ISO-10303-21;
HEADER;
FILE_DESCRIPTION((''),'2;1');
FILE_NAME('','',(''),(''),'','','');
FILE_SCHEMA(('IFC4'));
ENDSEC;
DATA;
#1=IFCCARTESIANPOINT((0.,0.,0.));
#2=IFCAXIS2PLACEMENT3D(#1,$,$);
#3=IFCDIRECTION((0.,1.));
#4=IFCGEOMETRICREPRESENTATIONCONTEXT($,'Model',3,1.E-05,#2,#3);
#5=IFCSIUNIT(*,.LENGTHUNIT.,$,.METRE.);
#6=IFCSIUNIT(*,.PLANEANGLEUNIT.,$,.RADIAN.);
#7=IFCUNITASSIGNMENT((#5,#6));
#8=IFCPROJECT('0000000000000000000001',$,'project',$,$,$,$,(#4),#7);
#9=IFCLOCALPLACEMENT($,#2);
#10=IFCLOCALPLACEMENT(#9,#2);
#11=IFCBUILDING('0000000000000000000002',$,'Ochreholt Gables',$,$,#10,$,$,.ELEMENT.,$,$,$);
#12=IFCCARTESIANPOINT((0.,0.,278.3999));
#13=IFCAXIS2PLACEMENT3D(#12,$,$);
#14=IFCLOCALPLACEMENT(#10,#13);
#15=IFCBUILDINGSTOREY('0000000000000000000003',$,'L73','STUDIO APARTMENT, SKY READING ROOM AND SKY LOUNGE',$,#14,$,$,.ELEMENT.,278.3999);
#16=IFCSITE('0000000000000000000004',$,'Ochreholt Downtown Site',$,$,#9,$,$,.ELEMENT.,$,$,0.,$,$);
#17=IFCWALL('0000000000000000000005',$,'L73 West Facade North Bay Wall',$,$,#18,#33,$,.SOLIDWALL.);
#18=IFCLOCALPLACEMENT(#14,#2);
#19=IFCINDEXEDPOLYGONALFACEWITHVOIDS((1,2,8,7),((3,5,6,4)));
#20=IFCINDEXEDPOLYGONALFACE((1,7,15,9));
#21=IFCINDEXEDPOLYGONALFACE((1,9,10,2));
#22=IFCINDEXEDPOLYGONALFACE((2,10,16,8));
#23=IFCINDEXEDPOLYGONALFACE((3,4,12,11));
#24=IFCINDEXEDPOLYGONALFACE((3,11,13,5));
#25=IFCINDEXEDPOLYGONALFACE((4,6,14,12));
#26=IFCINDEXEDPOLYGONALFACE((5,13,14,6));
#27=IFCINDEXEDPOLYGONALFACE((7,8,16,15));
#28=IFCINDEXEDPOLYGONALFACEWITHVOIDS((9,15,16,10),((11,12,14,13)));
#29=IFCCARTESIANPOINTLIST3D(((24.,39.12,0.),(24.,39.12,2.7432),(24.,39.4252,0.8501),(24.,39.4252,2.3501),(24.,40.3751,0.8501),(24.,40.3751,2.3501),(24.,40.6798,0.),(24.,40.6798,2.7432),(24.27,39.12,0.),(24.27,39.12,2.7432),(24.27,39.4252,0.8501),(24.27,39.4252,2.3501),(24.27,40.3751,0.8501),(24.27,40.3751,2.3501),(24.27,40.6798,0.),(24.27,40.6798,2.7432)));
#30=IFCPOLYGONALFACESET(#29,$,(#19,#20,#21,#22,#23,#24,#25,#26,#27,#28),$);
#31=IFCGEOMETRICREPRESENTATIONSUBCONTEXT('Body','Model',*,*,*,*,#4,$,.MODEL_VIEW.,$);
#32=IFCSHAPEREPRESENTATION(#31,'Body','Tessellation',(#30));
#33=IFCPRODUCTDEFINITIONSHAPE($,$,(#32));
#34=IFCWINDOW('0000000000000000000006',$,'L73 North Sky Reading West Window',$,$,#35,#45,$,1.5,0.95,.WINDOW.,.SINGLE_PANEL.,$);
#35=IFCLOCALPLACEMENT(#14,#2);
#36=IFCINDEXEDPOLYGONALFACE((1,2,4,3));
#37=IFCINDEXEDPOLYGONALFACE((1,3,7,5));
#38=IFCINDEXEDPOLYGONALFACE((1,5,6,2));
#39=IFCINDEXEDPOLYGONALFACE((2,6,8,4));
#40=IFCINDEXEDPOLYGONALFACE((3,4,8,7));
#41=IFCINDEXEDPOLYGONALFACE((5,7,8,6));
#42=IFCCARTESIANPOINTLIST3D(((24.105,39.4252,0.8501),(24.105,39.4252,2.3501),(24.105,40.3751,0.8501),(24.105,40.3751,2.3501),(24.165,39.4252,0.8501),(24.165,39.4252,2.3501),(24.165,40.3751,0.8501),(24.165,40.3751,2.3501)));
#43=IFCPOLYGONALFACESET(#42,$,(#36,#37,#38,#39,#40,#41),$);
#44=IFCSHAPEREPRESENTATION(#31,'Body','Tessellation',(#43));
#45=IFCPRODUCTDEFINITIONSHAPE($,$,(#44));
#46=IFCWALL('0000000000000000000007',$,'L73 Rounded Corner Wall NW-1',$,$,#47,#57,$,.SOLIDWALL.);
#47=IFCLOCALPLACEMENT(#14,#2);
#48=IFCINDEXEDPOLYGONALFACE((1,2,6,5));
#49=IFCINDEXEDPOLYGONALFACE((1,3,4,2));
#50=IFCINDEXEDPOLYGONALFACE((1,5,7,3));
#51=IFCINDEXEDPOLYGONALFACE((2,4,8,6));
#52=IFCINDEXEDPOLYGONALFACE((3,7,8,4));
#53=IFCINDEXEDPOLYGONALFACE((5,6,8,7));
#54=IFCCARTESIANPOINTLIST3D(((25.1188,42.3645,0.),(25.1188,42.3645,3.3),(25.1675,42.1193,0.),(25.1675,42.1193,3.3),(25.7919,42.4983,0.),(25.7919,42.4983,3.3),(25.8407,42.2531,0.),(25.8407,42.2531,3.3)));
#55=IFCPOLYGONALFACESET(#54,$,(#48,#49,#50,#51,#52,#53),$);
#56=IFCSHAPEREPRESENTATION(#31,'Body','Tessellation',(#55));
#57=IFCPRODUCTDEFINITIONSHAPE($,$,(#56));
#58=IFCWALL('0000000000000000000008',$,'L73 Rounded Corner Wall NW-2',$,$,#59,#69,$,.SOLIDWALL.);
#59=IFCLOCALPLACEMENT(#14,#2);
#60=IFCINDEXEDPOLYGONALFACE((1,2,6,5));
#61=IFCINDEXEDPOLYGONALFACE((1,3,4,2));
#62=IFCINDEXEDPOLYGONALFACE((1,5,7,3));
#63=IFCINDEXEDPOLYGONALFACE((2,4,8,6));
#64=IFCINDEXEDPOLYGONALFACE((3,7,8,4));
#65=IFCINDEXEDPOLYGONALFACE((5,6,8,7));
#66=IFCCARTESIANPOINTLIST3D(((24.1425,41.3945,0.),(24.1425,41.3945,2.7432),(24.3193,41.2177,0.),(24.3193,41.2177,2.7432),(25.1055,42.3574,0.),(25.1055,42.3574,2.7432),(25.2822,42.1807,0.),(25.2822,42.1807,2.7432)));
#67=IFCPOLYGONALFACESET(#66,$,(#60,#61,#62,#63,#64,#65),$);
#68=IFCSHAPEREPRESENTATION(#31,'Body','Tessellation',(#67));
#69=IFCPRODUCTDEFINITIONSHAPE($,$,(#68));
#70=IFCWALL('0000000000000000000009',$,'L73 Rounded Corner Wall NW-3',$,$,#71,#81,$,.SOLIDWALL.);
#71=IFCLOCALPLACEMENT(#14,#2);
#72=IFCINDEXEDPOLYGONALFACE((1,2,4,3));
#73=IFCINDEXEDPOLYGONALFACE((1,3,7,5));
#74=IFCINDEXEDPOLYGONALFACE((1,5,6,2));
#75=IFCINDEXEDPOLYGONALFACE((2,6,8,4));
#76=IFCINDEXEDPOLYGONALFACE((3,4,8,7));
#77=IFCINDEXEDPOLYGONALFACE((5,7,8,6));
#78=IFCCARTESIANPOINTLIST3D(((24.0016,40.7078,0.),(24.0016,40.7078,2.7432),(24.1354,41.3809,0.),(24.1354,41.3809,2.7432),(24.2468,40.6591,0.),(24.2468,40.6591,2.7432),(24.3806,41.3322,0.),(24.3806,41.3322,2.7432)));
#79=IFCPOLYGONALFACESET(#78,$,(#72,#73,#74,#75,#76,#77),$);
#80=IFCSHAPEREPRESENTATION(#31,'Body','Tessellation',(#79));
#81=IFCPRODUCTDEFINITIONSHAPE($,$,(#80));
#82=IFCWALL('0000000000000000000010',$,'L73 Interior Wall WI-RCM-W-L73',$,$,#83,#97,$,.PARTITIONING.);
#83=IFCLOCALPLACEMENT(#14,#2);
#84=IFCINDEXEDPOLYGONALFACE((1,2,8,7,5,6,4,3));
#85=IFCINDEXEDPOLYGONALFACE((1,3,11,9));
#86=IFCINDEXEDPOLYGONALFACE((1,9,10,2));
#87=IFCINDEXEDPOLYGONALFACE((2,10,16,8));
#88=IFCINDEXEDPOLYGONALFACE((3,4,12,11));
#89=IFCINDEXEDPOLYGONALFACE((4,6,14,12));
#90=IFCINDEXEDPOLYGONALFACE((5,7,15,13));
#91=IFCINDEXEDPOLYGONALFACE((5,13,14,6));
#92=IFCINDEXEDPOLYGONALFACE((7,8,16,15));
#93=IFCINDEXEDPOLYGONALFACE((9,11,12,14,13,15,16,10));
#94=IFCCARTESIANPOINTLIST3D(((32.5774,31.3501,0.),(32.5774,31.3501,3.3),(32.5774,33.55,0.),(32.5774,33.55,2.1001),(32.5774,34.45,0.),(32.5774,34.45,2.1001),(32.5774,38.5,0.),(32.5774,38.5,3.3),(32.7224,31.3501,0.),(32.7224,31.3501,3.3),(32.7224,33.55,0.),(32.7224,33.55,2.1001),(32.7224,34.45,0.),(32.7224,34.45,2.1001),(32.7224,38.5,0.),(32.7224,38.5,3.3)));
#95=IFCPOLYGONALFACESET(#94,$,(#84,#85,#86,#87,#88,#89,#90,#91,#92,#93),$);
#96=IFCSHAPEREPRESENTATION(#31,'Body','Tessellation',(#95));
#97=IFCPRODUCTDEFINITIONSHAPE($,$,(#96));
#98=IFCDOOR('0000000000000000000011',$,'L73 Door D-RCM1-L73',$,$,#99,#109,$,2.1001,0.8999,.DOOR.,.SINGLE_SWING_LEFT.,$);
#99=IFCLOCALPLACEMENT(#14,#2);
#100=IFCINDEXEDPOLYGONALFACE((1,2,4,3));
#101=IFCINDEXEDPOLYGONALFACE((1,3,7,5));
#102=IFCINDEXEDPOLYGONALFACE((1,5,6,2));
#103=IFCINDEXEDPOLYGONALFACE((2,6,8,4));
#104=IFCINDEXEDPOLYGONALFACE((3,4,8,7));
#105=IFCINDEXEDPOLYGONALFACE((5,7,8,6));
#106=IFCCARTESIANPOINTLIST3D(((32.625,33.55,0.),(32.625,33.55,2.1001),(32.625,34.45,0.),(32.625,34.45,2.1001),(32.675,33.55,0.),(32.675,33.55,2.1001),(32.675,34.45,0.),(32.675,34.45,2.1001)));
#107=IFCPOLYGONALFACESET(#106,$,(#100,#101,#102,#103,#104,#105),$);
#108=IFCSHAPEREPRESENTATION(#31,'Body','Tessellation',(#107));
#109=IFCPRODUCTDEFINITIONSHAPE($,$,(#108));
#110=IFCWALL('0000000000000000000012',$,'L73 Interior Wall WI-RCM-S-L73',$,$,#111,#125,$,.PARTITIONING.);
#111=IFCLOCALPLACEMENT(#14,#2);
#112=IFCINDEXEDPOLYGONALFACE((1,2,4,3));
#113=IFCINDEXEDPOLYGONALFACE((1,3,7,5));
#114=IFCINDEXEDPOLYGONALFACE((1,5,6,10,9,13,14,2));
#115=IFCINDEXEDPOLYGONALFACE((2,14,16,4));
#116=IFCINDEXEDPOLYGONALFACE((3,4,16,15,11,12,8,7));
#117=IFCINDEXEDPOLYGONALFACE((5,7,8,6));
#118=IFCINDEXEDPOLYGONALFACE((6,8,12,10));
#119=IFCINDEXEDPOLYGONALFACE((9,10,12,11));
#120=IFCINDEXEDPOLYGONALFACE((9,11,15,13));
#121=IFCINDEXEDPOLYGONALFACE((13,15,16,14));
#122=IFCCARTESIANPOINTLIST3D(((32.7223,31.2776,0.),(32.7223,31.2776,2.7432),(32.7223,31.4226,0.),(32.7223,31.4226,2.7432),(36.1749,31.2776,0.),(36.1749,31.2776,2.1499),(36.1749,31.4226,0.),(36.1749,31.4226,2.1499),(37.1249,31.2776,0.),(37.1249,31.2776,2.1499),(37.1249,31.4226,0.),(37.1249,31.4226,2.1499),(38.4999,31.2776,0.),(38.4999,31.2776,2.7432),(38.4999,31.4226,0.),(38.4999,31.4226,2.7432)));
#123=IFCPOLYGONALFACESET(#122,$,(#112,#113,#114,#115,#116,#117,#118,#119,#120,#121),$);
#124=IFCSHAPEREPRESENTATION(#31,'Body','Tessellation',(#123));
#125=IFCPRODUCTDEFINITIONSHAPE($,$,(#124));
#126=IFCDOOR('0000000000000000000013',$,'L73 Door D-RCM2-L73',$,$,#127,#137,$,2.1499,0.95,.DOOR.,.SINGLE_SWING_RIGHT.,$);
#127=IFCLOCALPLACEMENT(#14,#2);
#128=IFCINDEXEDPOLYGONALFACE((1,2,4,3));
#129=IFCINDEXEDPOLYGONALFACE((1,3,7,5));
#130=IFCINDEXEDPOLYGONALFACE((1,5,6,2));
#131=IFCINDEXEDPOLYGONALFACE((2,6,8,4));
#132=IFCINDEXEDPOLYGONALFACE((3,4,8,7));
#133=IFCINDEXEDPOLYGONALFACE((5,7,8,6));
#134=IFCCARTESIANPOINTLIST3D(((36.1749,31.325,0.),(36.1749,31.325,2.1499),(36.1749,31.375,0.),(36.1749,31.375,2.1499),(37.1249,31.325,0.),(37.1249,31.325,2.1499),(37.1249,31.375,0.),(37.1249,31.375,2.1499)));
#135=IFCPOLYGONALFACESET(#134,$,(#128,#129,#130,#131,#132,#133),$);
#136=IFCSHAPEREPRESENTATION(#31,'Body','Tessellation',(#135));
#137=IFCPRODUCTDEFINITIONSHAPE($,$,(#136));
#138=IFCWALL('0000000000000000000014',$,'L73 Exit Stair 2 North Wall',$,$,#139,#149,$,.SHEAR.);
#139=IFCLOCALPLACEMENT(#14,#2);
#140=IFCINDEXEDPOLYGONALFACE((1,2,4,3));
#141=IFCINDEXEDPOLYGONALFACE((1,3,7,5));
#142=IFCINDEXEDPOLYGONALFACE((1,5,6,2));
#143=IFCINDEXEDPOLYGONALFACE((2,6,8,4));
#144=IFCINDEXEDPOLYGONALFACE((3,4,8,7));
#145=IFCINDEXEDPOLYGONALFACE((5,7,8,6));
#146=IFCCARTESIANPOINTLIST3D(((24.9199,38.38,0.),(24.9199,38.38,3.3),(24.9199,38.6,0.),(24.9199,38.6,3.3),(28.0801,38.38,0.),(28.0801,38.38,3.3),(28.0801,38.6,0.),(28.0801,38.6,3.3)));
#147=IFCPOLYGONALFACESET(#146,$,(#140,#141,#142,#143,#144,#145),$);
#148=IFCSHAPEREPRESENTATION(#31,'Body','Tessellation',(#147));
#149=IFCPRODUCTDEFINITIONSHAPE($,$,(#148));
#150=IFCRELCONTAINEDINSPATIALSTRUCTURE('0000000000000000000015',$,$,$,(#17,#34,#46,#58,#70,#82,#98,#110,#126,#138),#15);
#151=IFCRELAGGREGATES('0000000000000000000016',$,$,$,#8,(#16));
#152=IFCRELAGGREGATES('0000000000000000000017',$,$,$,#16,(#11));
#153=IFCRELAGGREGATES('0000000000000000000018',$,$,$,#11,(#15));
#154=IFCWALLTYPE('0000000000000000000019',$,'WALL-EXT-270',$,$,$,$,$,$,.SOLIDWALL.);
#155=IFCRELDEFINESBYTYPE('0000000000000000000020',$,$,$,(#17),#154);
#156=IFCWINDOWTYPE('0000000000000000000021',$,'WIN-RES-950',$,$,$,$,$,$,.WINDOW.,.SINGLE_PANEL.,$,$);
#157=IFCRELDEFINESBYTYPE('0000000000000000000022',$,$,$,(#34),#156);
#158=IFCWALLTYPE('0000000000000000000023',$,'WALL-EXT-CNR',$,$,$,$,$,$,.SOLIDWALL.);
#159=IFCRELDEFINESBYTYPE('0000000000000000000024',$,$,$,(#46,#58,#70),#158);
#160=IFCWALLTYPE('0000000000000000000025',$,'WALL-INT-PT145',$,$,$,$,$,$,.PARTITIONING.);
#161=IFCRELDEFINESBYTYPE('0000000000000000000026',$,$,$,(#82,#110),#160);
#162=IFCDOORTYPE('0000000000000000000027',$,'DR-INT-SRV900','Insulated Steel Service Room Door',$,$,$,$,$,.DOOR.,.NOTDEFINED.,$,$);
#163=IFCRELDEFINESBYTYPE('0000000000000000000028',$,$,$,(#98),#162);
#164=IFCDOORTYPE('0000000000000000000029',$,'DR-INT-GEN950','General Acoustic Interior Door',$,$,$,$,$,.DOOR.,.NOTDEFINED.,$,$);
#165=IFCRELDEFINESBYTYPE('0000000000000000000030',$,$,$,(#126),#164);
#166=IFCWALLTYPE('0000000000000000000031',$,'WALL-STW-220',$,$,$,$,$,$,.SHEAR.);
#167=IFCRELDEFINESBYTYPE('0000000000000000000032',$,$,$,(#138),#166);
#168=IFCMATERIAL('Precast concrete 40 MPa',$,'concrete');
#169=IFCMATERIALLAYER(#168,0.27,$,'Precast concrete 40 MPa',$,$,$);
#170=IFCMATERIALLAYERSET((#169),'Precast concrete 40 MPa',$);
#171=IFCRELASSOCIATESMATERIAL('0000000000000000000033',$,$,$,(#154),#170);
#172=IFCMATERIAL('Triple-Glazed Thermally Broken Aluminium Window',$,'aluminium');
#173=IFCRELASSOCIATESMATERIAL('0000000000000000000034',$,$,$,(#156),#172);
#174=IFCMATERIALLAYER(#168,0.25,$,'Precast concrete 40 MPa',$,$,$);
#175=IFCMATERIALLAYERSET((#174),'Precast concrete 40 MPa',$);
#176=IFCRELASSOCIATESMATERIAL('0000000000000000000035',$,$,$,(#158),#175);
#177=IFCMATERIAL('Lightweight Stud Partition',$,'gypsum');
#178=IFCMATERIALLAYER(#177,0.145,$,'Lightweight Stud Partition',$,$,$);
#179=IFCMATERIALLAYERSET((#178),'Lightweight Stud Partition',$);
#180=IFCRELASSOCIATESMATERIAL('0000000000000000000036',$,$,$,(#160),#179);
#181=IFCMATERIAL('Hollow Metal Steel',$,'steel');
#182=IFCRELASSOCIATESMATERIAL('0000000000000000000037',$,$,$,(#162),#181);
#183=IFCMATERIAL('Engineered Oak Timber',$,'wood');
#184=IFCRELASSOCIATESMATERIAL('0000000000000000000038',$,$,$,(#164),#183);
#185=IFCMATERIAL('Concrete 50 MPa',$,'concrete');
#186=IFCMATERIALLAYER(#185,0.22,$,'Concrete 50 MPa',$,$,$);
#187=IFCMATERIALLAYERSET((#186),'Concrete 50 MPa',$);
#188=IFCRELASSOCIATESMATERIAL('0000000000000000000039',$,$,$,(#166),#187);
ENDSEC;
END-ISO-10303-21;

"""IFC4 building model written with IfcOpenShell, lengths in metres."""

from ifc_helpers import new_model, si_unit, direction, frame, frame_2d, origin, place, context, subcontext, project, spatial, rectangle, extrude, material, layer, layer_set, type_object, element, fill, save


model = new_model("IFC4")

# Units and contexts
model_context = context("Model", 3, precision=1e-05, world=origin(), true_north=direction((0.0, 1.0)))
body_context = subcontext(model_context, "Body", "Model", "MODEL_VIEW")
ifc_project = project(units=[si_unit("LENGTHUNIT", "METRE"), si_unit("PLANEANGLEUNIT", "RADIAN")], contexts=[model_context])

# Site, building, storey
site_placement = place(None, origin())
site = spatial("IfcSite", under=ifc_project, at=site_placement, Name="Ochreholt Downtown Site", CompositionType="ELEMENT", RefElevation=0.0)
building_placement = place(site_placement, origin())
building = spatial("IfcBuilding", under=site, at=building_placement, Name="Ochreholt Gables", CompositionType="ELEMENT")
storey_placement = place(building_placement, frame((0.0, 0.0, 278.3999)))
storey = spatial("IfcBuildingStorey", under=building, at=storey_placement, Name="L73", Description="STUDIO APARTMENT, SKY READING ROOM AND SKY LOUNGE", CompositionType="ELEMENT", Elevation=278.3999)

# Shared definitions
ifc_material_1 = material(Name="Concrete 50 MPa", Category="concrete")

# Shared definitions
ifc_material_2 = material(Name="Hollow Metal Steel", Category="steel")

# Wall, opening, window
ifc_material_3 = material(Name="Precast concrete 40 MPa", Category="concrete")
ifc_layer_1 = layer(ifc_material_3, 0.27, Name="Precast concrete 40 MPa")
ifc_layer_set_1 = layer_set([ifc_layer_1], Name="Precast concrete 40 MPa")
wall_type_1 = type_object("IfcWallType", Name="WALL-EXT-270", PredefinedType="SOLIDWALL", material=ifc_layer_set_1)
wall_1_placement = place(storey_placement, frame((24.135, 39.1201, 0.0), z_axis=(0.0, 0.0, 1.0), x_axis=(0.0, 1.0, 0.0)))
wall_1 = element("IfcWall", 1, at=wall_1_placement, inside=storey, type_object=wall_type_1, Name="L73 West Facade North Bay Wall", PredefinedType="SOLIDWALL", context=body_context, shape_type="SweptSolid", body=[
    extrude(rectangle(XDim=1.5598, YDim=0.27, at=frame_2d((0.7798, 0.0))), origin(), (0.0, 0.0, 1.0), 2.7432),
])
opening_1_placement = place(wall_1_placement, frame((0.3049, 0.0, 0.8501)))
opening_1 = element("IfcOpeningElement", 2, at=opening_1_placement, cuts=wall_1, PredefinedType="OPENING", context=body_context, shape_type="SweptSolid", body=[
    extrude(rectangle(XDim=0.95, YDim=1.5, at=frame_2d((0.4751, 0.75))), frame((0.0, 0.145, 0.0), z_axis=(0.0, -1.0, 0.0), x_axis=(1.0, 0.0, 0.0)), (0.0, 0.0, 1.0), 0.29),
])
ifc_material_4 = material(Name="Triple-Glazed Thermally Broken Aluminium Window", Category="aluminium")
window_type = type_object("IfcWindowType", Name="WIN-RES-950", PartitioningType="SINGLE_PANEL", PredefinedType="WINDOW", material=ifc_material_4)
window_placement = place(opening_1_placement, origin())
window = element("IfcWindow", 3, at=window_placement, inside=storey, type_object=window_type, Name="L73 North Sky Reading West Window", OverallHeight=1.5, OverallWidth=0.95, PartitioningType="SINGLE_PANEL", PredefinedType="WINDOW", context=body_context, shape_type="SweptSolid", body=[
    extrude(rectangle(XDim=0.95, YDim=1.5, at=frame_2d((0.4751, 0.75))), frame((0.0, 0.03, 0.0), z_axis=(0.0, -1.0, 0.0), x_axis=(1.0, 0.0, 0.0)), (0.0, 0.0, 1.0), 0.0601),
])
fill(opening_1, window)

# Walls
ifc_layer_2 = layer(ifc_material_3, 0.25, Name="Precast concrete 40 MPa")
ifc_layer_set_2 = layer_set([ifc_layer_2], Name="Precast concrete 40 MPa")
wall_type_2 = type_object("IfcWallType", Name="WALL-EXT-CNR", PredefinedType="SOLIDWALL", material=ifc_layer_set_2)
wall_2_placement = place(storey_placement, frame((25.8164, 42.3757, 0.0), z_axis=(0.0, 0.0, 1.0), x_axis=(-0.980813, -0.194953, 0.0)))
element("IfcWall", 4, at=wall_2_placement, inside=storey, type_object=wall_type_2, Name="L73 Rounded Corner Wall NW-1", PredefinedType="SOLIDWALL", context=body_context, shape_type="SweptSolid", body=[
    extrude(rectangle(XDim=0.6863, YDim=0.25, at=frame_2d((0.3433, 0.0))), origin(), (0.0, 0.0, 1.0), 3.3),
])
wall_3_placement = place(storey_placement, frame((25.1938, 42.269, 0.0), z_axis=(0.0, 0.0, 1.0), x_axis=(-0.707107, -0.707107, 0.0)))
element("IfcWall", 5, at=wall_3_placement, inside=storey, type_object=wall_type_2, Name="L73 Rounded Corner Wall NW-2", PredefinedType="SOLIDWALL", context=body_context, shape_type="SweptSolid", body=[
    extrude(rectangle(XDim=1.3618, YDim=0.25, at=frame_2d((0.6809, 0.0))), origin(), (0.0, 0.0, 1.0), 2.7432),
])
wall_4_placement = place(storey_placement, frame((24.2581, 41.3567, 0.0), z_axis=(0.0, 0.0, 1.0), x_axis=(-0.194953, -0.980813, 0.0)))
element("IfcWall", 6, at=wall_4_placement, inside=storey, type_object=wall_type_2, Name="L73 Rounded Corner Wall NW-3", PredefinedType="SOLIDWALL", context=body_context, shape_type="SweptSolid", body=[
    extrude(rectangle(XDim=0.6863, YDim=0.25, at=frame_2d((0.3433, 0.0))), origin(), (0.0, 0.0, 1.0), 2.7432),
])

# Walls, openings, doors
ifc_material_5 = material(Name="Lightweight Stud Partition", Category="gypsum")
ifc_layer_3 = layer(ifc_material_5, 0.145, Name="Lightweight Stud Partition")
ifc_layer_set_3 = layer_set([ifc_layer_3], Name="Lightweight Stud Partition")
wall_type_3 = type_object("IfcWallType", Name="WALL-INT-PT145", PredefinedType="PARTITIONING", material=ifc_layer_set_3)
wall_5_placement = place(storey_placement, frame((32.6499, 31.3501, 0.0), z_axis=(0.0, 0.0, 1.0), x_axis=(0.0, 1.0, 0.0)))
wall_5 = element("IfcWall", 7, at=wall_5_placement, inside=storey, type_object=wall_type_3, Name="L73 Interior Wall WI-RCM-W-L73", PredefinedType="PARTITIONING", context=body_context, shape_type="SweptSolid", body=[
    extrude(rectangle(XDim=7.1499, YDim=0.145, at=frame_2d((3.575, 0.0))), origin(), (0.0, 0.0, 1.0), 3.3),
])
opening_2_placement = place(wall_5_placement, frame((2.2, 0.0, 0.0)))
opening_2 = element("IfcOpeningElement", 8, at=opening_2_placement, cuts=wall_5, PredefinedType="OPENING", context=body_context, shape_type="SweptSolid", body=[
    extrude(rectangle(XDim=0.8999, YDim=2.1001, at=frame_2d((0.45, 1.05))), frame((0.0, 0.0825, 0.0), z_axis=(0.0, -1.0, 0.0), x_axis=(1.0, 0.0, 0.0)), (0.0, 0.0, 1.0), 0.165),
])
door_type_1 = type_object("IfcDoorType", Name="DR-INT-SRV900", Description="Insulated Steel Service Room Door", OperationType="NOTDEFINED", PredefinedType="DOOR", material=ifc_material_2)
door_1_placement = place(opening_2_placement, origin())
door_1 = element("IfcDoor", 9, at=door_1_placement, inside=storey, type_object=door_type_1, Name="L73 Door D-RCM1-L73", OperationType="SINGLE_SWING_LEFT", OverallHeight=2.1001, OverallWidth=0.8999, PredefinedType="DOOR", context=body_context, shape_type="SweptSolid", body=[
    extrude(rectangle(XDim=0.8999, YDim=2.1001, at=frame_2d((0.45, 1.05))), frame((0.0, 0.0249, 0.0), z_axis=(0.0, -1.0, 0.0), x_axis=(1.0, 0.0, 0.0)), (0.0, 0.0, 1.0), 0.05),
])
fill(opening_2, door_1)
wall_6_placement = place(storey_placement, frame((32.7224, 31.3501, 0.0), z_axis=(0.0, 0.0, 1.0), x_axis=(1.0, 0.0, 0.0)))
wall_6 = element("IfcWall", 10, at=wall_6_placement, inside=storey, type_object=wall_type_3, Name="L73 Interior Wall WI-RCM-S-L73", PredefinedType="PARTITIONING", context=body_context, shape_type="SweptSolid", body=[
    extrude(rectangle(XDim=5.7776, YDim=0.145, at=frame_2d((2.8887, 0.0))), origin(), (0.0, 0.0, 1.0), 2.7432),
])
opening_3_placement = place(wall_6_placement, frame((3.4524, 0.0, 0.0)))
opening_3 = element("IfcOpeningElement", 11, at=opening_3_placement, cuts=wall_6, PredefinedType="OPENING", context=body_context, shape_type="SweptSolid", body=[
    extrude(rectangle(XDim=0.95, YDim=2.1499, at=frame_2d((0.4751, 1.075))), frame((0.0, 0.0825, 0.0), z_axis=(0.0, -1.0, 0.0), x_axis=(1.0, 0.0, 0.0)), (0.0, 0.0, 1.0), 0.165),
])
ifc_material_6 = material(Name="Engineered Oak Timber", Category="wood")
door_type_2 = type_object("IfcDoorType", Name="DR-INT-GEN950", Description="General Acoustic Interior Door", OperationType="NOTDEFINED", PredefinedType="DOOR", material=ifc_material_6)
door_2_placement = place(opening_3_placement, origin())
door_2 = element("IfcDoor", 12, at=door_2_placement, inside=storey, type_object=door_type_2, Name="L73 Door D-RCM2-L73", OperationType="SINGLE_SWING_RIGHT", OverallHeight=2.1499, OverallWidth=0.95, PredefinedType="DOOR", context=body_context, shape_type="SweptSolid", body=[
    extrude(rectangle(XDim=0.95, YDim=2.1499, at=frame_2d((0.4751, 1.075))), frame((0.0, 0.0249, 0.0), z_axis=(0.0, -1.0, 0.0), x_axis=(1.0, 0.0, 0.0)), (0.0, 0.0, 1.0), 0.05),
])
fill(opening_3, door_2)

# Wall
ifc_layer_4 = layer(ifc_material_1, 0.22, Name="Concrete 50 MPa")
ifc_layer_set_4 = layer_set([ifc_layer_4], Name="Concrete 50 MPa")
wall_type_4 = type_object("IfcWallType", Name="WALL-STW-220", PredefinedType="SHEAR", material=ifc_layer_set_4)
wall_7_placement = place(storey_placement, frame((24.9199, 38.49, 0.0), z_axis=(0.0, 0.0, 1.0), x_axis=(1.0, 0.0, 0.0)))
element("IfcWall", 13, at=wall_7_placement, inside=storey, type_object=wall_type_4, Name="L73 Exit Stair 2 North Wall", PredefinedType="SHEAR", context=body_context, shape_type="SweptSolid", body=[
    extrude(rectangle(XDim=3.1602, YDim=0.22, at=frame_2d((1.5801, 0.0))), origin(), (0.0, 0.0, 1.0), 3.3),
])

save(model, "model.ifc")
